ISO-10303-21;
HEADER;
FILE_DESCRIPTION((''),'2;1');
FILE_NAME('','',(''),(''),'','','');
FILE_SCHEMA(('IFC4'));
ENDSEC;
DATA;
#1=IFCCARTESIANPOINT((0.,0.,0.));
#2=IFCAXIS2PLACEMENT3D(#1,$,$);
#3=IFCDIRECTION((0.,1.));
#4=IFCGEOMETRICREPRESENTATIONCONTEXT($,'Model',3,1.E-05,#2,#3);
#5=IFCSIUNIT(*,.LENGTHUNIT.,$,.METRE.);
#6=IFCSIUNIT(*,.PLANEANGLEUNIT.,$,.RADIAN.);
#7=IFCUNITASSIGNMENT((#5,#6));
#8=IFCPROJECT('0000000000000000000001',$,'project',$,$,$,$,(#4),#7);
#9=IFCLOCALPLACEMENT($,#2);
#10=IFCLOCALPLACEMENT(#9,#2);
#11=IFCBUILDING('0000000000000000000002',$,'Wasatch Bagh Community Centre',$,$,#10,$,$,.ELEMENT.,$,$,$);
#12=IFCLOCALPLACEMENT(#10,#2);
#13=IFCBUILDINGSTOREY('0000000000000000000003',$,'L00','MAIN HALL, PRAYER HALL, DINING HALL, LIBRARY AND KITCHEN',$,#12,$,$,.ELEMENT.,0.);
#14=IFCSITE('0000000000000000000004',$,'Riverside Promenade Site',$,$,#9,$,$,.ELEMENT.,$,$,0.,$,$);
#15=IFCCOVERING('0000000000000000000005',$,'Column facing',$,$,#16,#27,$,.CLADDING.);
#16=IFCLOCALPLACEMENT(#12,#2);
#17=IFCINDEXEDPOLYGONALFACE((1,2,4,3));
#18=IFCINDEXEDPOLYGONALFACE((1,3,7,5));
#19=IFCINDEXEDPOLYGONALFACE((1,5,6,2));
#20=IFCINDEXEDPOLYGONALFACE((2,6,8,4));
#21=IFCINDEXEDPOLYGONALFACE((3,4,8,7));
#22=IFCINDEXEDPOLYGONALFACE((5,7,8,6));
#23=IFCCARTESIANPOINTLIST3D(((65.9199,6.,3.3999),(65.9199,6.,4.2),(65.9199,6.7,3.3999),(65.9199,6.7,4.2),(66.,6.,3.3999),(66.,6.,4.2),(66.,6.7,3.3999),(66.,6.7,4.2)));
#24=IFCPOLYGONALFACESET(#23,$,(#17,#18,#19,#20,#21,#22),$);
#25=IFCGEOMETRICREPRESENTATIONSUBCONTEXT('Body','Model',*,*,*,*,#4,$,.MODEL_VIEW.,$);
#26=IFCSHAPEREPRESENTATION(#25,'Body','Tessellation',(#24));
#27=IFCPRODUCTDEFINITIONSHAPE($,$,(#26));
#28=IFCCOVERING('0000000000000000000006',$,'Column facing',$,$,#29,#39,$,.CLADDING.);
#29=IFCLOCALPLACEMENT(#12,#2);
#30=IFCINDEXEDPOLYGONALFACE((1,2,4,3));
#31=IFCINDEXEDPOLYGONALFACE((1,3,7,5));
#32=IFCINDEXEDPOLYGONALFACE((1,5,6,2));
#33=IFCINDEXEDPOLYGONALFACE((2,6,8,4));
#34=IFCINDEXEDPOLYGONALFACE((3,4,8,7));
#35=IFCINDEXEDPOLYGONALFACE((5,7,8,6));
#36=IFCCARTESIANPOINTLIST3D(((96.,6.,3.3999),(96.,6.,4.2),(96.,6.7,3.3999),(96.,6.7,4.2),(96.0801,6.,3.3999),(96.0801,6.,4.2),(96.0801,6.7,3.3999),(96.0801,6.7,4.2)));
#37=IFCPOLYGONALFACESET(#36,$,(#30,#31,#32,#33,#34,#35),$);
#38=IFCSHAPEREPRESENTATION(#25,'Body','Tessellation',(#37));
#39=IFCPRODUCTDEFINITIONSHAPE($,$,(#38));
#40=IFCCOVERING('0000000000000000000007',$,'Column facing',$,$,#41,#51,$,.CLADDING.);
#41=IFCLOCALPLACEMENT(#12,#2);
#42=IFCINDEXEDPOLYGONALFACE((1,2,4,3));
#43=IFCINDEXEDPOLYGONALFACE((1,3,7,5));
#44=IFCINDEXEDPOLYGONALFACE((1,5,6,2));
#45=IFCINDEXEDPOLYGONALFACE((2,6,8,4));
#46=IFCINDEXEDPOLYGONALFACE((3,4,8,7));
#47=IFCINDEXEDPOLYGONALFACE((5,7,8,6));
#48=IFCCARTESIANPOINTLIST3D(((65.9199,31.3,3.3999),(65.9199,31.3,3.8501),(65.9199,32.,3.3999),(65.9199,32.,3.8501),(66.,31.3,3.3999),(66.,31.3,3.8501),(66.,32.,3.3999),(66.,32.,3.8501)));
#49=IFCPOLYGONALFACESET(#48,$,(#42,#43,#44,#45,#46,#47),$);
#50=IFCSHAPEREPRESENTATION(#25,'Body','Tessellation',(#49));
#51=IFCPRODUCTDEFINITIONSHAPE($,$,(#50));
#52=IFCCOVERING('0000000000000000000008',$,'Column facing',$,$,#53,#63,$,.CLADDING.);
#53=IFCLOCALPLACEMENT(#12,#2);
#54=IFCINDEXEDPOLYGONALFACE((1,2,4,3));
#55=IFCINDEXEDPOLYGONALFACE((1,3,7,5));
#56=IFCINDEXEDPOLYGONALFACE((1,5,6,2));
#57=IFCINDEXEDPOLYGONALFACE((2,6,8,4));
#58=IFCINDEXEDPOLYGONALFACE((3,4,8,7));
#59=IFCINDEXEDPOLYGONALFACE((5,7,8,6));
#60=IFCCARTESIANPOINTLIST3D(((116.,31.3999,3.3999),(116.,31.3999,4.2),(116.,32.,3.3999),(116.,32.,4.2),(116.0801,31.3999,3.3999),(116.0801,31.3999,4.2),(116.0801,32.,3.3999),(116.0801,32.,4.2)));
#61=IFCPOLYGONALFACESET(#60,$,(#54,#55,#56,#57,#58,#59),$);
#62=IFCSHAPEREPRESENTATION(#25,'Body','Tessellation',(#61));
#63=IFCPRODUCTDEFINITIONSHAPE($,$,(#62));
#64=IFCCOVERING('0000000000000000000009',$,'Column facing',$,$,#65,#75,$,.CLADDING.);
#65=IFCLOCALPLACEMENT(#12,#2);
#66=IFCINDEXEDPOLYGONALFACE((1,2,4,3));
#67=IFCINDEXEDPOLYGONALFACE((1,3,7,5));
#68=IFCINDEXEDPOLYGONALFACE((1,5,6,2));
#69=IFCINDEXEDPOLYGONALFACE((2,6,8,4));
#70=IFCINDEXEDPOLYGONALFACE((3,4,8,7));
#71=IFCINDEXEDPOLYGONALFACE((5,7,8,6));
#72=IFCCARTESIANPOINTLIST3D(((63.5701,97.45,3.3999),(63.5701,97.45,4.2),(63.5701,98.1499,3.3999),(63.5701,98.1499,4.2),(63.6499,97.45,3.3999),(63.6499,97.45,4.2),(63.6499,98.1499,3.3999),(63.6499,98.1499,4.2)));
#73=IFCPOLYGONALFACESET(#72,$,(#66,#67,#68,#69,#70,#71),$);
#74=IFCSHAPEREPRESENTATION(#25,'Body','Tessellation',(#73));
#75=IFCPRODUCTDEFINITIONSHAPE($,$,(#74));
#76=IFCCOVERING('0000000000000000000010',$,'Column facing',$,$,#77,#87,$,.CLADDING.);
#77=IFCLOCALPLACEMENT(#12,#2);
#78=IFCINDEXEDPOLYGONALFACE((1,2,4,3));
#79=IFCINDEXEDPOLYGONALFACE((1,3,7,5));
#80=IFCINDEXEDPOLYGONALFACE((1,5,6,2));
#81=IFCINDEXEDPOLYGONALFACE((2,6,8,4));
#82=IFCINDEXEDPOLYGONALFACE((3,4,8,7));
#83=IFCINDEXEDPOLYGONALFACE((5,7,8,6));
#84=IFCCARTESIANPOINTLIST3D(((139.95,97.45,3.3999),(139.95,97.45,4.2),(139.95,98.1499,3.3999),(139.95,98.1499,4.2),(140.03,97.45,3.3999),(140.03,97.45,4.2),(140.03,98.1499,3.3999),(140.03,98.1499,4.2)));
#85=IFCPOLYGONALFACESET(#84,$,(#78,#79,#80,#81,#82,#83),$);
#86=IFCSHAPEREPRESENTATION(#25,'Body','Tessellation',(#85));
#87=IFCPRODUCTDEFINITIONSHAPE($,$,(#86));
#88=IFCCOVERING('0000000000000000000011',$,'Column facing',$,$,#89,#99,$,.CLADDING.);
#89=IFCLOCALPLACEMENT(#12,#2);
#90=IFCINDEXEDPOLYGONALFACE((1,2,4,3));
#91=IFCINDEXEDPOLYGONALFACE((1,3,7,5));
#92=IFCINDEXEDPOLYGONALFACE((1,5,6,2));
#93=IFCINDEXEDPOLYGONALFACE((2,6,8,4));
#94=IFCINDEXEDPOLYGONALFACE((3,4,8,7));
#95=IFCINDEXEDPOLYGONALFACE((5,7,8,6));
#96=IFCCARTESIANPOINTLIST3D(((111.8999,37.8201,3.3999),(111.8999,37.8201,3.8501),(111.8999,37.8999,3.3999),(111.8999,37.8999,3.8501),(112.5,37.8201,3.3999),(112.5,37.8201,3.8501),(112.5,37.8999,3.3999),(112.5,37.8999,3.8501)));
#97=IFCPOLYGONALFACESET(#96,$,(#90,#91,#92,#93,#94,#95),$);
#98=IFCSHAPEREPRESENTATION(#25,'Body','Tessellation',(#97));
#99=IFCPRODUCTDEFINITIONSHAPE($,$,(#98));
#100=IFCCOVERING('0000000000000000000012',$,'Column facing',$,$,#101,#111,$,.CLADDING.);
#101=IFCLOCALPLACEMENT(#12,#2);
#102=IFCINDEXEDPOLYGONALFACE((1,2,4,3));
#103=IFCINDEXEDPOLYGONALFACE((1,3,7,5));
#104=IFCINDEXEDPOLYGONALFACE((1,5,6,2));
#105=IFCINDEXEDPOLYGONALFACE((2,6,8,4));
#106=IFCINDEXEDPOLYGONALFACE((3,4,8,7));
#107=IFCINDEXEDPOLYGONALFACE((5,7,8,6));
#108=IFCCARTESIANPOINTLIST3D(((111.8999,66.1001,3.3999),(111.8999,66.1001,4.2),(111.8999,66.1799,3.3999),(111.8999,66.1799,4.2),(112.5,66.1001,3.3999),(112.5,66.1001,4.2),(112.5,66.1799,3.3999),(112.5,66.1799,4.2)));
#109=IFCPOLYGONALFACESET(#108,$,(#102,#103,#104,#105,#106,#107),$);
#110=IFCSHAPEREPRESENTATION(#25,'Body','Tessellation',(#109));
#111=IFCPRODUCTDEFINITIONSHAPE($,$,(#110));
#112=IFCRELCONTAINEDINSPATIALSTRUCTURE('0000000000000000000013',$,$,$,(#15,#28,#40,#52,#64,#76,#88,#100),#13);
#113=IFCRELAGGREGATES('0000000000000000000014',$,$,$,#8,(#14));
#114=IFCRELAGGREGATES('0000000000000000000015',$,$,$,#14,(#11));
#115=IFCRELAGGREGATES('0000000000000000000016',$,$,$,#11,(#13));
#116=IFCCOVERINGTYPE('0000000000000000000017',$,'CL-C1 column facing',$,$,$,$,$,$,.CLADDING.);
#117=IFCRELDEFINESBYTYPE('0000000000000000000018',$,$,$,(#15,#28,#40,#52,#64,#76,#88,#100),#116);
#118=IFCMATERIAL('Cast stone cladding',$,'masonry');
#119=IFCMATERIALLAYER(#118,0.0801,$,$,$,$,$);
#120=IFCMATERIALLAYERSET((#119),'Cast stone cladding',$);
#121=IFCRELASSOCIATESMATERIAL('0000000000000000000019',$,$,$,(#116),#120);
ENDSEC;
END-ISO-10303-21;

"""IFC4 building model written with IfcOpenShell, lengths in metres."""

from ifc_helpers import new_model, si_unit, direction, frame, origin, place, context, subcontext, project, spatial, polyline, outline, extrude, material, layer, layer_set, type_object, element, save


model = new_model("IFC4")

# Units and contexts
model_context = context("Model", 3, precision=1e-05, world=origin(), true_north=direction((0.0, 1.0)))
body_context = subcontext(model_context, "Body", "Model", "MODEL_VIEW")
ifc_project = project(units=[si_unit("LENGTHUNIT", "METRE"), si_unit("PLANEANGLEUNIT", "RADIAN")], contexts=[model_context])

# Site, building, storey
site_placement = place(None, origin())
site = spatial("IfcSite", under=ifc_project, at=site_placement, Name="Riverside Promenade Site", CompositionType="ELEMENT", RefElevation=0.0)
building_placement = place(site_placement, origin())
building = spatial("IfcBuilding", under=site, at=building_placement, Name="Wasatch Bagh Community Centre", CompositionType="ELEMENT")
storey_placement = place(building_placement, origin())
storey = spatial("IfcBuildingStorey", under=building, at=storey_placement, Name="L00", Description="MAIN HALL, PRAYER HALL, DINING HALL, LIBRARY AND KITCHEN", CompositionType="ELEMENT", Elevation=0.0)

# Coverings
ifc_material = material(Name="Cast stone cladding", Category="masonry")
ifc_layer_1 = layer(ifc_material, 0.0801)
ifc_layer_set_1 = layer_set([ifc_layer_1], Name="Cast stone cladding")
covering_type_1 = type_object("IfcCoveringType", Name="CL-C1 column facing", PredefinedType="CLADDING", material=ifc_layer_set_1)
covering_1_placement = place(storey_placement, frame((0.0, 0.0, 3.3999)))
element("IfcCovering", 1, at=covering_1_placement, inside=storey, type_object=covering_type_1, Name="Column facing", PredefinedType="CLADDING", context=body_context, shape_type="SweptSolid", body=[
    extrude(outline(polyline([(66.0, 6.7), (66.0, 6.0), (65.9199, 6.0), (65.9199, 6.7), (66.0, 6.7)])), origin(), (0.0, 0.0, 1.0), 0.8),
])
covering_2_placement = place(storey_placement, frame((0.0, 0.0, 3.3999)))
element("IfcCovering", 2, at=covering_2_placement, inside=storey, type_object=covering_type_1, Name="Column facing", PredefinedType="CLADDING", context=body_context, shape_type="SweptSolid", body=[
    extrude(outline(polyline([(96.0, 6.0), (96.0, 6.7), (96.0801, 6.7), (96.0801, 6.0), (96.0, 6.0)])), origin(), (0.0, 0.0, 1.0), 0.8),
])
covering_3_placement = place(storey_placement, frame((0.0, 0.0, 3.3999)))
element("IfcCovering", 3, at=covering_3_placement, inside=storey, type_object=covering_type_1, Name="Column facing", PredefinedType="CLADDING", context=body_context, shape_type="SweptSolid", body=[
    extrude(outline(polyline([(66.0, 32.0), (66.0, 31.3), (65.9199, 31.3), (65.9199, 32.0), (66.0, 32.0)])), origin(), (0.0, 0.0, 1.0), 0.4502),
])
covering_4_placement = place(storey_placement, frame((0.0, 0.0, 3.3999)))
element("IfcCovering", 4, at=covering_4_placement, inside=storey, type_object=covering_type_1, Name="Column facing", PredefinedType="CLADDING", context=body_context, shape_type="SweptSolid", body=[
    extrude(outline(polyline([(116.0, 31.3999), (116.0, 32.0), (116.0801, 32.0), (116.0801, 31.3999), (116.0, 31.3999)])), origin(), (0.0, 0.0, 1.0), 0.8),
])
covering_5_placement = place(storey_placement, frame((0.0, 0.0, 3.3999)))
element("IfcCovering", 5, at=covering_5_placement, inside=storey, type_object=covering_type_1, Name="Column facing", PredefinedType="CLADDING", context=body_context, shape_type="SweptSolid", body=[
    extrude(outline(polyline([(63.6499, 98.1499), (63.6499, 97.45), (63.5701, 97.45), (63.5701, 98.1499), (63.6499, 98.1499)])), origin(), (0.0, 0.0, 1.0), 0.8),
])
covering_6_placement = place(storey_placement, frame((0.0, 0.0, 3.3999)))
element("IfcCovering", 6, at=covering_6_placement, inside=storey, type_object=covering_type_1, Name="Column facing", PredefinedType="CLADDING", context=body_context, shape_type="SweptSolid", body=[
    extrude(outline(polyline([(139.95, 97.45), (139.95, 98.1499), (140.03, 98.1499), (140.03, 97.45), (139.95, 97.45)])), origin(), (0.0, 0.0, 1.0), 0.8),
])
covering_7_placement = place(storey_placement, frame((0.0, 0.0, 3.3999)))
element("IfcCovering", 7, at=covering_7_placement, inside=storey, type_object=covering_type_1, Name="Column facing", PredefinedType="CLADDING", context=body_context, shape_type="SweptSolid", body=[
    extrude(outline(polyline([(111.8999, 37.8999), (112.5, 37.8999), (112.5, 37.8201), (111.8999, 37.8201), (111.8999, 37.8999)])), origin(), (0.0, 0.0, 1.0), 0.4502),
])
covering_8_placement = place(storey_placement, frame((0.0, 0.0, 3.3999)))
element("IfcCovering", 8, at=covering_8_placement, inside=storey, type_object=covering_type_1, Name="Column facing", PredefinedType="CLADDING", context=body_context, shape_type="SweptSolid", body=[
    extrude(outline(polyline([(112.5, 66.1001), (111.8999, 66.1001), (111.8999, 66.1799), (112.5, 66.1799), (112.5, 66.1001)])), origin(), (0.0, 0.0, 1.0), 0.8),
])

save(model, "model.ifc")
